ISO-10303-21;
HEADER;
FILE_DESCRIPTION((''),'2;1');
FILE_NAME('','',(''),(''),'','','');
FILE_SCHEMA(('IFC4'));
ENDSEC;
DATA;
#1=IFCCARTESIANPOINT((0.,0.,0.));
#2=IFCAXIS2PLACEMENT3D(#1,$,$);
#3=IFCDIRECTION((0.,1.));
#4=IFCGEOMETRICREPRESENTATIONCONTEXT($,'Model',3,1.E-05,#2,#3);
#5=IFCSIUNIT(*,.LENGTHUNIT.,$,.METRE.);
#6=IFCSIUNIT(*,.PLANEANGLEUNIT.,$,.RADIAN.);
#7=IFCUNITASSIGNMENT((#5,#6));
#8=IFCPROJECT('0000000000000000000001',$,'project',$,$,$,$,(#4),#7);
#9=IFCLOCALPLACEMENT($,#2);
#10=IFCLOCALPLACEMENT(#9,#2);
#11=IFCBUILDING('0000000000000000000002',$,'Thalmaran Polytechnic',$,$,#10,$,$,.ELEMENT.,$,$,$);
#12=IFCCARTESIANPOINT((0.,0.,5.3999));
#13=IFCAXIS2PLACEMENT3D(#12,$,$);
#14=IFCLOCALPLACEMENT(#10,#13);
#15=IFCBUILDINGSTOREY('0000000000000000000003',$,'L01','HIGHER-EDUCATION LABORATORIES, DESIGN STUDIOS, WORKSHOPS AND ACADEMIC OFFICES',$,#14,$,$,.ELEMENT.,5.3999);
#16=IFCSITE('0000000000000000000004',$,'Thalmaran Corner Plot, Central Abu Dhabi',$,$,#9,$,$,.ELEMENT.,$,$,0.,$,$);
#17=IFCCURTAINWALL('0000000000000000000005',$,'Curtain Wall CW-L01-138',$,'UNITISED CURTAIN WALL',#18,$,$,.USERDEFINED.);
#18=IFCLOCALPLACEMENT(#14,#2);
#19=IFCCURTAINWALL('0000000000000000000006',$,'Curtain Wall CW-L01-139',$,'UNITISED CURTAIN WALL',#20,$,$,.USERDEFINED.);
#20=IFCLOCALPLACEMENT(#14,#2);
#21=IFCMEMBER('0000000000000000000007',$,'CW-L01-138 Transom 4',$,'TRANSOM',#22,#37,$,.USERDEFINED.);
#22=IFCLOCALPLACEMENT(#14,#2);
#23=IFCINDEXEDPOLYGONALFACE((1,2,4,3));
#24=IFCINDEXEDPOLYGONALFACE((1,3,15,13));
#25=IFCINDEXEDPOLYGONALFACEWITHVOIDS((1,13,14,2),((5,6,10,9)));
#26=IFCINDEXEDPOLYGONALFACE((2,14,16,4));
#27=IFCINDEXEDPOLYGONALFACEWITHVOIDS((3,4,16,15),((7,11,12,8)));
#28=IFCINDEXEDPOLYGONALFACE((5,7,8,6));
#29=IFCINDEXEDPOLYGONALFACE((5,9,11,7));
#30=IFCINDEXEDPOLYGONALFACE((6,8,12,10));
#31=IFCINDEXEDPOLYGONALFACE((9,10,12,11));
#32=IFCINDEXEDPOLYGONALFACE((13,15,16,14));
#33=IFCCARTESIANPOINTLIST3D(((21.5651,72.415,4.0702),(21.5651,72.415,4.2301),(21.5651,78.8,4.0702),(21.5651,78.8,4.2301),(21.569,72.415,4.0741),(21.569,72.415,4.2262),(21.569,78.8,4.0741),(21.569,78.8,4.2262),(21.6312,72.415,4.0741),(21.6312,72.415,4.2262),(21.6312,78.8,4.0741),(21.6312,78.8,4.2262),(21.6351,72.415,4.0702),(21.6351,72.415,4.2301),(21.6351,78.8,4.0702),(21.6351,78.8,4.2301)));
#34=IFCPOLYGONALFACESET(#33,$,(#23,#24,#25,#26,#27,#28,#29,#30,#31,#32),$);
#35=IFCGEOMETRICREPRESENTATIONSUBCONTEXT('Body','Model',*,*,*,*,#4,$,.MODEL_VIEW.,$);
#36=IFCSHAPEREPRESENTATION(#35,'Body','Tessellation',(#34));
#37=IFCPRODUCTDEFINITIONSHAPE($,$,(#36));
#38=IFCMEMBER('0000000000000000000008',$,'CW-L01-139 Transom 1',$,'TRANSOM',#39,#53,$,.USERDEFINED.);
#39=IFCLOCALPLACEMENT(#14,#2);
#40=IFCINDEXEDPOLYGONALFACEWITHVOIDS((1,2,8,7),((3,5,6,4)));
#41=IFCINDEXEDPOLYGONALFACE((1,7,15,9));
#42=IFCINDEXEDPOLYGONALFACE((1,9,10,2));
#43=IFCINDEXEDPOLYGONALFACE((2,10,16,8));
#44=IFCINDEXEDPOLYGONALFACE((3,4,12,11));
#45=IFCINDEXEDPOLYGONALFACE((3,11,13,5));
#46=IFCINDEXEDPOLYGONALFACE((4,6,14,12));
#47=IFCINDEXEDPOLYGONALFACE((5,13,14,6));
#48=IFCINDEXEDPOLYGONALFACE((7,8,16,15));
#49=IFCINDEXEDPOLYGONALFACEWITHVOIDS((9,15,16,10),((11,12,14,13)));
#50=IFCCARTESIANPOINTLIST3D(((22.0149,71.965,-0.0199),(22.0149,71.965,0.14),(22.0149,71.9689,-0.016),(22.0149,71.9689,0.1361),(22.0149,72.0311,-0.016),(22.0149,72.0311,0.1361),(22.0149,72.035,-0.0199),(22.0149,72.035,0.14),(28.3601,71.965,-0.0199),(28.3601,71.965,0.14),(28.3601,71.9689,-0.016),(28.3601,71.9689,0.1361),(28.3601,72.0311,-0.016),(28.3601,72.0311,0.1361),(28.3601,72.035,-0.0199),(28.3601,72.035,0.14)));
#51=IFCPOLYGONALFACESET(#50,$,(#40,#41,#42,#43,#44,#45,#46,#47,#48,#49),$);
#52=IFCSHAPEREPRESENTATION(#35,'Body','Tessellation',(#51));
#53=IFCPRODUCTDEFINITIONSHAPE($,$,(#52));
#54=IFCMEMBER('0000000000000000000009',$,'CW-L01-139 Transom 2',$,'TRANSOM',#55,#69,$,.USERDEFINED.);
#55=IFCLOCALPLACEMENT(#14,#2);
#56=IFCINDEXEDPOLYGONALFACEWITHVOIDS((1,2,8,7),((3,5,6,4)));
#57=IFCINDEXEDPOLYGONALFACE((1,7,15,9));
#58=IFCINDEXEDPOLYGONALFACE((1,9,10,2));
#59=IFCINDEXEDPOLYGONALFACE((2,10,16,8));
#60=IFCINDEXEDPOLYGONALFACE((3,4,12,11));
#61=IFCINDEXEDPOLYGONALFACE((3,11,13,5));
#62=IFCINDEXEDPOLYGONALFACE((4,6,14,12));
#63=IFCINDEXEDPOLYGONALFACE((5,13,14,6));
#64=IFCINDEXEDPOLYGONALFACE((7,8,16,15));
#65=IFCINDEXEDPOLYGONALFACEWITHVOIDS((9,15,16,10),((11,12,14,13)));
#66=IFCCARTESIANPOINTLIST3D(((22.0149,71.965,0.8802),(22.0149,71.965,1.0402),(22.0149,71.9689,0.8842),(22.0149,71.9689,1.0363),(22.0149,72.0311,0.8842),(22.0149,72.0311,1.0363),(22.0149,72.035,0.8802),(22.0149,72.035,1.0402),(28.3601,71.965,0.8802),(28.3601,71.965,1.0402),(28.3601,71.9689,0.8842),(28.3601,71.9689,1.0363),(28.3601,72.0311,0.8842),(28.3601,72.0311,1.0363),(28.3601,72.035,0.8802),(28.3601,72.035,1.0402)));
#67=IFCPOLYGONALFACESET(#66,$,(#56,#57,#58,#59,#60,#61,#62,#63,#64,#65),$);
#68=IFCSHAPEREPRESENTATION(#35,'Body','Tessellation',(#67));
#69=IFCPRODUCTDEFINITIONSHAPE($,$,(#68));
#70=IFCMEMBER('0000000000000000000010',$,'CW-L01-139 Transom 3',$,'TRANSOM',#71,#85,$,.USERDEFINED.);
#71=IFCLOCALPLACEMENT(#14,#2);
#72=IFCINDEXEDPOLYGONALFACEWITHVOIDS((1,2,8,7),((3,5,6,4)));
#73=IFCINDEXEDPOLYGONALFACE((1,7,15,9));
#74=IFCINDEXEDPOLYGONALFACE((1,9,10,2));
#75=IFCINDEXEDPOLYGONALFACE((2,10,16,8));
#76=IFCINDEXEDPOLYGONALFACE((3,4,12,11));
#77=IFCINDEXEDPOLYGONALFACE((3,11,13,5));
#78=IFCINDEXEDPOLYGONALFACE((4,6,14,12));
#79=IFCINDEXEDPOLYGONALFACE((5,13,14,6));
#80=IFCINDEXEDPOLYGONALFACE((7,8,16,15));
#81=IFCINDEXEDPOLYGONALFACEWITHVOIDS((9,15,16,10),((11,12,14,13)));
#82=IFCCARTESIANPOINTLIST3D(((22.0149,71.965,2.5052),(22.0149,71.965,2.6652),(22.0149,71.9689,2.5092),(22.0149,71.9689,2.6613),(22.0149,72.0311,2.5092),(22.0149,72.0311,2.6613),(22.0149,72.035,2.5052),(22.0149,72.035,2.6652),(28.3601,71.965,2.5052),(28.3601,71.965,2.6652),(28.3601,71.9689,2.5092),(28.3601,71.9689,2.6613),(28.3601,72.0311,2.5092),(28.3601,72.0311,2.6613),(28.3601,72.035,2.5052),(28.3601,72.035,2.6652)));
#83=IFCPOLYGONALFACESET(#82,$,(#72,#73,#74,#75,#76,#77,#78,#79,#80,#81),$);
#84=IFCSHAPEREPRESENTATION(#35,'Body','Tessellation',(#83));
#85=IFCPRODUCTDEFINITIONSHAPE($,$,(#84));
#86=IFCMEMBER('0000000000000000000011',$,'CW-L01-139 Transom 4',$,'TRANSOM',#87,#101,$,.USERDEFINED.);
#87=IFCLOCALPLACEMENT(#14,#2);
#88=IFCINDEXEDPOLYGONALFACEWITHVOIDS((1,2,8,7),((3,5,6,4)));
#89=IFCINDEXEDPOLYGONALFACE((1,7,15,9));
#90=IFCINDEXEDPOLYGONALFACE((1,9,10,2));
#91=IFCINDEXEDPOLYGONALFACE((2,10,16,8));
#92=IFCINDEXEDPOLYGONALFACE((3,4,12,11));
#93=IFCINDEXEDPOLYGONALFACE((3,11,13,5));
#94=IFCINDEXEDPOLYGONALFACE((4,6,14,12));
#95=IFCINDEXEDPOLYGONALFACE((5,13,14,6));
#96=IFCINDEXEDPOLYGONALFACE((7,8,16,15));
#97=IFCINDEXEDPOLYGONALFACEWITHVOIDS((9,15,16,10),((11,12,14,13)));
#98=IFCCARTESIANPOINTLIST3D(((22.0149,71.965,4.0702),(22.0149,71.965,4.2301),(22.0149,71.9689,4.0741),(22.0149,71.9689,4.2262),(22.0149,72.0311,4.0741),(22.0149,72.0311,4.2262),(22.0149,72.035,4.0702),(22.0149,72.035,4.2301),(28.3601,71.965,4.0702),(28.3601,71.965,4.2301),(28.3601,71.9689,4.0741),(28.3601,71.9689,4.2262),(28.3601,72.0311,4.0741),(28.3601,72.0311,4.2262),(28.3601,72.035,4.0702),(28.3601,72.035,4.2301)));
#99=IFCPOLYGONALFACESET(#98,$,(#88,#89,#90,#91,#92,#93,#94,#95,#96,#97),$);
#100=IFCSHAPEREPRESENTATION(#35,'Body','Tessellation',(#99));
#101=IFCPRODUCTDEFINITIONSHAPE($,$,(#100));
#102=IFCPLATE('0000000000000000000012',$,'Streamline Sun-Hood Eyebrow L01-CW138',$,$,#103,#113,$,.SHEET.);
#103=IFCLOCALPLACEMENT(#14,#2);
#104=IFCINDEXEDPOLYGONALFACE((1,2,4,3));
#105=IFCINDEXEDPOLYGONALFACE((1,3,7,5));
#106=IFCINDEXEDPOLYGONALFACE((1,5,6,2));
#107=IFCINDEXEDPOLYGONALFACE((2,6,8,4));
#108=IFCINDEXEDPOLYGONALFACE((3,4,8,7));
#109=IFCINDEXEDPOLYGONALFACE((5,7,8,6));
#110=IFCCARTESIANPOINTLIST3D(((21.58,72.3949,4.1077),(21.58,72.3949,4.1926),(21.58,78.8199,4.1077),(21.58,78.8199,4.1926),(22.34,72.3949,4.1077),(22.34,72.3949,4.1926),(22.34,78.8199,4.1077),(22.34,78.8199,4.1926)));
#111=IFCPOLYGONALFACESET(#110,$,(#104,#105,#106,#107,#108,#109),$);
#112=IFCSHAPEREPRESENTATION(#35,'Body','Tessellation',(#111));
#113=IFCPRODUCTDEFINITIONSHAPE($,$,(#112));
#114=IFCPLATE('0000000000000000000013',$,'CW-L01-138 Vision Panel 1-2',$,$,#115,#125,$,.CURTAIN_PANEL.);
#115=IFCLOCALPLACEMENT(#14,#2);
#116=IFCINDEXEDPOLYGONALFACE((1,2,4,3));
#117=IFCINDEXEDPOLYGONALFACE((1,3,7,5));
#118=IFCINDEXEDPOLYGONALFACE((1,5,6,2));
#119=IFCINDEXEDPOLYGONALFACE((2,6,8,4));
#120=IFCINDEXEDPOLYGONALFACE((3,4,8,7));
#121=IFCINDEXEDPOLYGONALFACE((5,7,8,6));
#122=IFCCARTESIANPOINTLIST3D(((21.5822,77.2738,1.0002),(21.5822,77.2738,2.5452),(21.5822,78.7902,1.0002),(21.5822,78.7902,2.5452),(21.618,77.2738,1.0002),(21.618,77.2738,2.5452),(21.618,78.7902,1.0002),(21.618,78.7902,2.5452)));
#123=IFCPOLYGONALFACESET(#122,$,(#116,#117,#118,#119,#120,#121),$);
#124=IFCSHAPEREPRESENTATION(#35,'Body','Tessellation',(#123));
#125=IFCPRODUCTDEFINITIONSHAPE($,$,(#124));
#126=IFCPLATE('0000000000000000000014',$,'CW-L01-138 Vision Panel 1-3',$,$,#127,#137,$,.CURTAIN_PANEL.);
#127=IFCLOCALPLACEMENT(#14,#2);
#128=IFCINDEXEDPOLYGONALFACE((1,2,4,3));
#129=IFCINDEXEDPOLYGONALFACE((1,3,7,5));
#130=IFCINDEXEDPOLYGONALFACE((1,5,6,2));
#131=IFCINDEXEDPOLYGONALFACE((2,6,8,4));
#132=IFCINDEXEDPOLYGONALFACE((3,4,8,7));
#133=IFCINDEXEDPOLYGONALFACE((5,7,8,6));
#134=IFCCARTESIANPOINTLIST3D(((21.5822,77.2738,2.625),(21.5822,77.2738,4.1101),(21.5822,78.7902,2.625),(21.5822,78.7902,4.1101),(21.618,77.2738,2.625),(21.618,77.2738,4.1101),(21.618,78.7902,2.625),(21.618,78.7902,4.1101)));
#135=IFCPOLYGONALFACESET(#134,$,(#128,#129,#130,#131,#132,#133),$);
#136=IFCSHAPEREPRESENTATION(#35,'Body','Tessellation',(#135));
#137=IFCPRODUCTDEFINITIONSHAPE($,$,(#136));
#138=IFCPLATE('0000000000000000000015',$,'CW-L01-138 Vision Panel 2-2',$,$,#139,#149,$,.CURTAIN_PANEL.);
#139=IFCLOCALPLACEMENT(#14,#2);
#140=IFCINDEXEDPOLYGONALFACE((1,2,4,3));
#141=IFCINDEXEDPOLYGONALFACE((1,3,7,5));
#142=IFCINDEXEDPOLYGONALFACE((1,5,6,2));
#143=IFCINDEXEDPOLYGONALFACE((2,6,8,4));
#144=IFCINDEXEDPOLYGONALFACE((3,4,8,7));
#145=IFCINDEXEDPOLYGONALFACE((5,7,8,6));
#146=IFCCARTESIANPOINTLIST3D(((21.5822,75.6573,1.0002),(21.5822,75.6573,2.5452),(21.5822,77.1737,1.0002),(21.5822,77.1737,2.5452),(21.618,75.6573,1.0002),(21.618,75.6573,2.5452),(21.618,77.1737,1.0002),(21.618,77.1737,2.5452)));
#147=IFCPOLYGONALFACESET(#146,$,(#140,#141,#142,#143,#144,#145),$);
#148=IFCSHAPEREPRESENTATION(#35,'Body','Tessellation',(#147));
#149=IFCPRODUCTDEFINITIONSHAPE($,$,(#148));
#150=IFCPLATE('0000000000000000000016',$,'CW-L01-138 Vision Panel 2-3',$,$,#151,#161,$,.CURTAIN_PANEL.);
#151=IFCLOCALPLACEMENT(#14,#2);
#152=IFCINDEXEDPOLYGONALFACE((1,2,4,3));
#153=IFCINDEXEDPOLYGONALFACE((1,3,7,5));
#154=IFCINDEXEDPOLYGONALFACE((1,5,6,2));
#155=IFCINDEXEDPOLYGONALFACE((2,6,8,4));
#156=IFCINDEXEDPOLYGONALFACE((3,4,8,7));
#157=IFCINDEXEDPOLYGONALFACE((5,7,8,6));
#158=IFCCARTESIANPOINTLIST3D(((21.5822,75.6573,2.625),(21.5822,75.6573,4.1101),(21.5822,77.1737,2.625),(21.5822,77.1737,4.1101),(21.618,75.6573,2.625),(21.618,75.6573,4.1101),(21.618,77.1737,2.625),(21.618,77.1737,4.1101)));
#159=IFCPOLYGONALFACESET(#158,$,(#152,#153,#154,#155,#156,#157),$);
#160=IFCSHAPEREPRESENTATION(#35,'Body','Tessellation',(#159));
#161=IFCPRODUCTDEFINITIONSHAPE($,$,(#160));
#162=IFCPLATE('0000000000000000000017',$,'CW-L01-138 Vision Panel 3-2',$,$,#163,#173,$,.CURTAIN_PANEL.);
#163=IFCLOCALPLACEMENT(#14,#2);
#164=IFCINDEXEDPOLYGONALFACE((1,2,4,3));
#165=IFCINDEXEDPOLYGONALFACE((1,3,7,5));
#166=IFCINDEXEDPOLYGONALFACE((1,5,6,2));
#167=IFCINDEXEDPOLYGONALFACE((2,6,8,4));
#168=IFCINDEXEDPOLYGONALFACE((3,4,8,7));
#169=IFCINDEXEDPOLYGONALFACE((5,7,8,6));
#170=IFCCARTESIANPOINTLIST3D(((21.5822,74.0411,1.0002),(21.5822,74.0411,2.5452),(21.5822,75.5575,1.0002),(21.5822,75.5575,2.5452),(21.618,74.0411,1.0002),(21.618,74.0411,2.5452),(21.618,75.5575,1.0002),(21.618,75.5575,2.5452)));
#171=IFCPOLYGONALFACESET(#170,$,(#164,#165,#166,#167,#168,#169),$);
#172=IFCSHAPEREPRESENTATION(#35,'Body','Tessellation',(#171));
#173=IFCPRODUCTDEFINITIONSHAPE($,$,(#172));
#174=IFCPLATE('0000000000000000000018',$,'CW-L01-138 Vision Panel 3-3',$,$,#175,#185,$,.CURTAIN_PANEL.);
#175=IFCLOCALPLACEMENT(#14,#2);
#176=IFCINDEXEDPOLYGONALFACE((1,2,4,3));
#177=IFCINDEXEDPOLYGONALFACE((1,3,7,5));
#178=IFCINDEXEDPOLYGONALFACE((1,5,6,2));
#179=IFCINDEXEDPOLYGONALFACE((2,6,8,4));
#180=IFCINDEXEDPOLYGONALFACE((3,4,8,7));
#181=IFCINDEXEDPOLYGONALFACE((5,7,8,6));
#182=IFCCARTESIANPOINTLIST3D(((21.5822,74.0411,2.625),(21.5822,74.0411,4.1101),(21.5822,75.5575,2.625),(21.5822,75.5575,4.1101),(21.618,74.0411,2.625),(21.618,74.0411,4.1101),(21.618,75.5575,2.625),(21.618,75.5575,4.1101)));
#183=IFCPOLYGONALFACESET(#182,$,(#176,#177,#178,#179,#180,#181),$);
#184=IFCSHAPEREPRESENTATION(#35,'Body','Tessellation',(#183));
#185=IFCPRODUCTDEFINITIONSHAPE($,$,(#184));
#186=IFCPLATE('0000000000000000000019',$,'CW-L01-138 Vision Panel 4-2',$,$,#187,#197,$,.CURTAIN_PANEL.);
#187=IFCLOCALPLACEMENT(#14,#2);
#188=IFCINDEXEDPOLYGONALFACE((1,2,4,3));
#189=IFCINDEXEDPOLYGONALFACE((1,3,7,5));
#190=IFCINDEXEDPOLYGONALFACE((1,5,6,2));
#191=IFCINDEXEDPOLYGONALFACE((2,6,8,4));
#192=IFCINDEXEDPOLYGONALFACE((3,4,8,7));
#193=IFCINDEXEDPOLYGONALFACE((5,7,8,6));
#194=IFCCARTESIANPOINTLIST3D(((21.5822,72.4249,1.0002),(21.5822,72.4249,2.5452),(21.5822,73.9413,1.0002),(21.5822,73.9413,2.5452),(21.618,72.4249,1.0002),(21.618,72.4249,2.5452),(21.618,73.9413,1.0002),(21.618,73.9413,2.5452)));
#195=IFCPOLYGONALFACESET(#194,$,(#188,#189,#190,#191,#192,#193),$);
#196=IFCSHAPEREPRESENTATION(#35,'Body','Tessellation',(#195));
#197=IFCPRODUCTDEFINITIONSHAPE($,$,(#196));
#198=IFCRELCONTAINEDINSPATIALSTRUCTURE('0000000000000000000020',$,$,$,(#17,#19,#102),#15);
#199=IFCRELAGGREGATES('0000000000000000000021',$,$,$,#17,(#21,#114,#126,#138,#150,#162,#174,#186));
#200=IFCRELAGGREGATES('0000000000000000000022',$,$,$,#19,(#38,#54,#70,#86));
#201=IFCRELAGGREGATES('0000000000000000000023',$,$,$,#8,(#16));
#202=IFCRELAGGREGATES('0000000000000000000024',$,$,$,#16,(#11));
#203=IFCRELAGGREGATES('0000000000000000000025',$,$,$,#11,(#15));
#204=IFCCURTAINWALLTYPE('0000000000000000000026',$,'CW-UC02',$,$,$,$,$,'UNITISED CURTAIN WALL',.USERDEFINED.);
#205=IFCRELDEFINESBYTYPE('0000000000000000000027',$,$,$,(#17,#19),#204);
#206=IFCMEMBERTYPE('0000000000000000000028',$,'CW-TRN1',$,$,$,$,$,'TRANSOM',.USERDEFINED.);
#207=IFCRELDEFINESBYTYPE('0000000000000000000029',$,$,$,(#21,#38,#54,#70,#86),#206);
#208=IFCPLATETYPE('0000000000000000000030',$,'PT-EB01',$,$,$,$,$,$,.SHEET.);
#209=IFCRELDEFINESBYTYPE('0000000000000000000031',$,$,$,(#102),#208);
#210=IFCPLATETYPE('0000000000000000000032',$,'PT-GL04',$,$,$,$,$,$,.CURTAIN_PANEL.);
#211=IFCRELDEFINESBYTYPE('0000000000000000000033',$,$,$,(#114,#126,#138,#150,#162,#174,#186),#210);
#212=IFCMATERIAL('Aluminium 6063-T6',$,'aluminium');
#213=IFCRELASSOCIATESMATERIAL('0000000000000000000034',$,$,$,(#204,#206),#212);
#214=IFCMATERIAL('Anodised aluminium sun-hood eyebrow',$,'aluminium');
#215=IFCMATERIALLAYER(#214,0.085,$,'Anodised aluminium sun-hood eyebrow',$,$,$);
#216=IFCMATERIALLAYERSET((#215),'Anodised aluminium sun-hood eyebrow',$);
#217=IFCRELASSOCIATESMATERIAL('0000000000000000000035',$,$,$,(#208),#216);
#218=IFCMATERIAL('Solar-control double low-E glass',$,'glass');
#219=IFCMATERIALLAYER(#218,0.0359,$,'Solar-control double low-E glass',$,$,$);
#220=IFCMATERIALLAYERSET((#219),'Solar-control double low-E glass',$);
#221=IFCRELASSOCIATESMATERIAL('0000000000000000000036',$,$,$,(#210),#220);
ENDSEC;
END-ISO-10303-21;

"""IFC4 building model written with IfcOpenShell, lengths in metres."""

from ifc_helpers import new_model, si_unit, direction, frame, origin, origin_2d, place, context, subcontext, project, spatial, rectangle, hollow_rectangle, extrude, material, layer, layer_set, material_profile, profile_set, type_object, element, aggregate, save


model = new_model("IFC4")

# Units and contexts
model_context = context("Model", 3, precision=1e-05, world=origin(), true_north=direction((0.0, 1.0)))
body_context = subcontext(model_context, "Body", "Model", "MODEL_VIEW")
ifc_project = project(units=[si_unit("LENGTHUNIT", "METRE"), si_unit("PLANEANGLEUNIT", "RADIAN")], contexts=[model_context])

# Site, building, storey
site_placement = place(None, origin())
site = spatial("IfcSite", under=ifc_project, at=site_placement, Name="Thalmaran Corner Plot, Central Abu Dhabi", CompositionType="ELEMENT", RefElevation=0.0)
building_placement = place(site_placement, origin())
building = spatial("IfcBuilding", under=site, at=building_placement, Name="Thalmaran Polytechnic", CompositionType="ELEMENT")
storey_placement = place(building_placement, frame((0.0, 0.0, 5.3999)))
storey = spatial("IfcBuildingStorey", under=building, at=storey_placement, Name="L01", Description="HIGHER-EDUCATION LABORATORIES, DESIGN STUDIOS, WORKSHOPS AND ACADEMIC OFFICES", CompositionType="ELEMENT", Elevation=5.3999)

# Curtain walls
ifc_material_1 = material(Name="Aluminium 6063-T6", Category="aluminium")
curtain_wall_type = type_object("IfcCurtainWallType", Name="CW-UC02", ElementType="UNITISED CURTAIN WALL", PredefinedType="USERDEFINED", material=ifc_material_1)
curtain_wall_1_placement = place(storey_placement, origin())
curtain_wall_1 = element("IfcCurtainWall", 1, at=curtain_wall_1_placement, inside=storey, type_object=curtain_wall_type, Name="Curtain Wall CW-L01-138", ObjectType="UNITISED CURTAIN WALL", PredefinedType="USERDEFINED")
curtain_wall_2_placement = place(storey_placement, origin())
curtain_wall_2 = element("IfcCurtainWall", 2, at=curtain_wall_2_placement, inside=storey, type_object=curtain_wall_type, Name="Curtain Wall CW-L01-139", ObjectType="UNITISED CURTAIN WALL", PredefinedType="USERDEFINED")

# Members
ifc_material_profile_1 = material_profile(ifc_material_1, hollow_rectangle(XDim=0.0701, YDim=0.1599, WallThickness=0.0039, at=origin_2d()), Name="AL 160x70x4.0")
ifc_profile_set_1 = profile_set([ifc_material_profile_1], Name="Aluminium 6063-T6")
member_type_1 = type_object("IfcMemberType", Name="CW-TRN1", ElementType="TRANSOM", PredefinedType="USERDEFINED", material=ifc_profile_set_1)
member_1_placement = place(storey_placement, frame((21.6001, 78.8, 4.1501), z_axis=(0.0, -1.0, 0.0), x_axis=(1.0, 0.0, 0.0)))
member_1 = element("IfcMember", 3, at=member_1_placement, type_object=member_type_1, Name="CW-L01-138 Transom 4", ObjectType="TRANSOM", PredefinedType="USERDEFINED", context=body_context, shape_type="SweptSolid", body=[
    extrude(hollow_rectangle(XDim=0.0701, YDim=0.1599, WallThickness=0.0039, at=origin_2d()), origin(), (0.0, 0.0, 1.0), 6.385),
])
member_2_placement = place(storey_placement, frame((22.0149, 72.0, 0.0601), z_axis=(1.0, 0.0, 0.0), x_axis=(0.0, 1.0, 0.0)))
member_2 = element("IfcMember", 4, at=member_2_placement, type_object=member_type_1, Name="CW-L01-139 Transom 1", ObjectType="TRANSOM", PredefinedType="USERDEFINED", context=body_context, shape_type="SweptSolid", body=[
    extrude(hollow_rectangle(XDim=0.0701, YDim=0.1599, WallThickness=0.0039, at=origin_2d()), origin(), (0.0, 0.0, 1.0), 6.3452),
])
member_3_placement = place(storey_placement, frame((22.0149, 72.0, 0.9602), z_axis=(1.0, 0.0, 0.0), x_axis=(0.0, 1.0, 0.0)))
member_3 = element("IfcMember", 5, at=member_3_placement, type_object=member_type_1, Name="CW-L01-139 Transom 2", ObjectType="TRANSOM", PredefinedType="USERDEFINED", context=body_context, shape_type="SweptSolid", body=[
    extrude(hollow_rectangle(XDim=0.0701, YDim=0.1599, WallThickness=0.0039, at=origin_2d()), origin(), (0.0, 0.0, 1.0), 6.3452),
])
member_4_placement = place(storey_placement, frame((22.0149, 72.0, 2.5852), z_axis=(1.0, 0.0, 0.0), x_axis=(0.0, 1.0, 0.0)))
member_4 = element("IfcMember", 6, at=member_4_placement, type_object=member_type_1, Name="CW-L01-139 Transom 3", ObjectType="TRANSOM", PredefinedType="USERDEFINED", context=body_context, shape_type="SweptSolid", body=[
    extrude(hollow_rectangle(XDim=0.0701, YDim=0.1599, WallThickness=0.0039, at=origin_2d()), origin(), (0.0, 0.0, 1.0), 6.3452),
])
member_5_placement = place(storey_placement, frame((22.0149, 72.0, 4.1501), z_axis=(1.0, 0.0, 0.0), x_axis=(0.0, 1.0, 0.0)))
member_5 = element("IfcMember", 7, at=member_5_placement, type_object=member_type_1, Name="CW-L01-139 Transom 4", ObjectType="TRANSOM", PredefinedType="USERDEFINED", context=body_context, shape_type="SweptSolid", body=[
    extrude(hollow_rectangle(XDim=0.0701, YDim=0.1599, WallThickness=0.0039, at=origin_2d()), origin(), (0.0, 0.0, 1.0), 6.3452),
])

# Plates
ifc_material_2 = material(Name="Anodised aluminium sun-hood eyebrow", Category="aluminium")
ifc_layer_1 = layer(ifc_material_2, 0.085, Name="Anodised aluminium sun-hood eyebrow")
ifc_layer_set_1 = layer_set([ifc_layer_1], Name="Anodised aluminium sun-hood eyebrow")
plate_type_1 = type_object("IfcPlateType", Name="PT-EB01", PredefinedType="SHEET", material=ifc_layer_set_1)
plate_1_placement = place(storey_placement, frame((21.96, 75.6074, 4.1077), z_axis=(0.0, 0.0, 1.0), x_axis=(0.0, -1.0, 0.0)))
element("IfcPlate", 8, at=plate_1_placement, inside=storey, type_object=plate_type_1, Name="Streamline Sun-Hood Eyebrow L01-CW138", PredefinedType="SHEET", context=body_context, shape_type="SweptSolid", body=[
    extrude(rectangle(XDim=6.425, YDim=0.76, at=origin_2d()), origin(), (0.0, 0.0, 1.0), 0.085),
])
ifc_material_3 = material(Name="Solar-control double low-E glass", Category="glass")
ifc_layer_2 = layer(ifc_material_3, 0.0359, Name="Solar-control double low-E glass")
ifc_layer_set_2 = layer_set([ifc_layer_2], Name="Solar-control double low-E glass")
plate_type_2 = type_object("IfcPlateType", Name="PT-GL04", PredefinedType="CURTAIN_PANEL", material=ifc_layer_set_2)
plate_2_placement = place(storey_placement, frame((21.6001, 78.032, 1.0002), z_axis=(0.0, 0.0, 1.0), x_axis=(0.0, -1.0, 0.0)))
plate_2 = element("IfcPlate", 9, at=plate_2_placement, type_object=plate_type_2, Name="CW-L01-138 Vision Panel 1-2", PredefinedType="CURTAIN_PANEL", context=body_context, shape_type="SweptSolid", body=[
    extrude(rectangle(XDim=1.5164, YDim=0.0359, at=origin_2d()), origin(), (0.0, 0.0, 1.0), 1.5449),
])
plate_3_placement = place(storey_placement, frame((21.6001, 78.032, 2.625), z_axis=(0.0, 0.0, 1.0), x_axis=(0.0, -1.0, 0.0)))
plate_3 = element("IfcPlate", 10, at=plate_3_placement, type_object=plate_type_2, Name="CW-L01-138 Vision Panel 1-3", PredefinedType="CURTAIN_PANEL", context=body_context, shape_type="SweptSolid", body=[
    extrude(rectangle(XDim=1.5164, YDim=0.0359, at=origin_2d()), origin(), (0.0, 0.0, 1.0), 1.4851),
])
plate_4_placement = place(storey_placement, frame((21.6001, 76.4155, 1.0002), z_axis=(0.0, 0.0, 1.0), x_axis=(0.0, -1.0, 0.0)))
plate_4 = element("IfcPlate", 11, at=plate_4_placement, type_object=plate_type_2, Name="CW-L01-138 Vision Panel 2-2", PredefinedType="CURTAIN_PANEL", context=body_context, shape_type="SweptSolid", body=[
    extrude(rectangle(XDim=1.5164, YDim=0.0359, at=origin_2d()), origin(), (0.0, 0.0, 1.0), 1.5449),
])
plate_5_placement = place(storey_placement, frame((21.6001, 76.4155, 2.625), z_axis=(0.0, 0.0, 1.0), x_axis=(0.0, -1.0, 0.0)))
plate_5 = element("IfcPlate", 12, at=plate_5_placement, type_object=plate_type_2, Name="CW-L01-138 Vision Panel 2-3", PredefinedType="CURTAIN_PANEL", context=body_context, shape_type="SweptSolid", body=[
    extrude(rectangle(XDim=1.5164, YDim=0.0359, at=origin_2d()), origin(), (0.0, 0.0, 1.0), 1.4851),
])
plate_6_placement = place(storey_placement, frame((21.6001, 74.7993, 1.0002), z_axis=(0.0, 0.0, 1.0), x_axis=(0.0, -1.0, 0.0)))
plate_6 = element("IfcPlate", 13, at=plate_6_placement, type_object=plate_type_2, Name="CW-L01-138 Vision Panel 3-2", PredefinedType="CURTAIN_PANEL", context=body_context, shape_type="SweptSolid", body=[
    extrude(rectangle(XDim=1.5164, YDim=0.0359, at=origin_2d()), origin(), (0.0, 0.0, 1.0), 1.5449),
])
plate_7_placement = place(storey_placement, frame((21.6001, 74.7993, 2.625), z_axis=(0.0, 0.0, 1.0), x_axis=(0.0, -1.0, 0.0)))
plate_7 = element("IfcPlate", 14, at=plate_7_placement, type_object=plate_type_2, Name="CW-L01-138 Vision Panel 3-3", PredefinedType="CURTAIN_PANEL", context=body_context, shape_type="SweptSolid", body=[
    extrude(rectangle(XDim=1.5164, YDim=0.0359, at=origin_2d()), origin(), (0.0, 0.0, 1.0), 1.4851),
])
plate_8_placement = place(storey_placement, frame((21.6001, 73.1831, 1.0002), z_axis=(0.0, 0.0, 1.0), x_axis=(0.0, -1.0, 0.0)))
plate_8 = element("IfcPlate", 15, at=plate_8_placement, type_object=plate_type_2, Name="CW-L01-138 Vision Panel 4-2", PredefinedType="CURTAIN_PANEL", context=body_context, shape_type="SweptSolid", body=[
    extrude(rectangle(XDim=1.5164, YDim=0.0359, at=origin_2d()), origin(), (0.0, 0.0, 1.0), 1.5449),
])
aggregate(curtain_wall_1, [member_1, plate_2, plate_3, plate_4, plate_5, plate_6, plate_7, plate_8])
aggregate(curtain_wall_2, [member_2, member_3, member_4, member_5])

save(model, "model.ifc")
